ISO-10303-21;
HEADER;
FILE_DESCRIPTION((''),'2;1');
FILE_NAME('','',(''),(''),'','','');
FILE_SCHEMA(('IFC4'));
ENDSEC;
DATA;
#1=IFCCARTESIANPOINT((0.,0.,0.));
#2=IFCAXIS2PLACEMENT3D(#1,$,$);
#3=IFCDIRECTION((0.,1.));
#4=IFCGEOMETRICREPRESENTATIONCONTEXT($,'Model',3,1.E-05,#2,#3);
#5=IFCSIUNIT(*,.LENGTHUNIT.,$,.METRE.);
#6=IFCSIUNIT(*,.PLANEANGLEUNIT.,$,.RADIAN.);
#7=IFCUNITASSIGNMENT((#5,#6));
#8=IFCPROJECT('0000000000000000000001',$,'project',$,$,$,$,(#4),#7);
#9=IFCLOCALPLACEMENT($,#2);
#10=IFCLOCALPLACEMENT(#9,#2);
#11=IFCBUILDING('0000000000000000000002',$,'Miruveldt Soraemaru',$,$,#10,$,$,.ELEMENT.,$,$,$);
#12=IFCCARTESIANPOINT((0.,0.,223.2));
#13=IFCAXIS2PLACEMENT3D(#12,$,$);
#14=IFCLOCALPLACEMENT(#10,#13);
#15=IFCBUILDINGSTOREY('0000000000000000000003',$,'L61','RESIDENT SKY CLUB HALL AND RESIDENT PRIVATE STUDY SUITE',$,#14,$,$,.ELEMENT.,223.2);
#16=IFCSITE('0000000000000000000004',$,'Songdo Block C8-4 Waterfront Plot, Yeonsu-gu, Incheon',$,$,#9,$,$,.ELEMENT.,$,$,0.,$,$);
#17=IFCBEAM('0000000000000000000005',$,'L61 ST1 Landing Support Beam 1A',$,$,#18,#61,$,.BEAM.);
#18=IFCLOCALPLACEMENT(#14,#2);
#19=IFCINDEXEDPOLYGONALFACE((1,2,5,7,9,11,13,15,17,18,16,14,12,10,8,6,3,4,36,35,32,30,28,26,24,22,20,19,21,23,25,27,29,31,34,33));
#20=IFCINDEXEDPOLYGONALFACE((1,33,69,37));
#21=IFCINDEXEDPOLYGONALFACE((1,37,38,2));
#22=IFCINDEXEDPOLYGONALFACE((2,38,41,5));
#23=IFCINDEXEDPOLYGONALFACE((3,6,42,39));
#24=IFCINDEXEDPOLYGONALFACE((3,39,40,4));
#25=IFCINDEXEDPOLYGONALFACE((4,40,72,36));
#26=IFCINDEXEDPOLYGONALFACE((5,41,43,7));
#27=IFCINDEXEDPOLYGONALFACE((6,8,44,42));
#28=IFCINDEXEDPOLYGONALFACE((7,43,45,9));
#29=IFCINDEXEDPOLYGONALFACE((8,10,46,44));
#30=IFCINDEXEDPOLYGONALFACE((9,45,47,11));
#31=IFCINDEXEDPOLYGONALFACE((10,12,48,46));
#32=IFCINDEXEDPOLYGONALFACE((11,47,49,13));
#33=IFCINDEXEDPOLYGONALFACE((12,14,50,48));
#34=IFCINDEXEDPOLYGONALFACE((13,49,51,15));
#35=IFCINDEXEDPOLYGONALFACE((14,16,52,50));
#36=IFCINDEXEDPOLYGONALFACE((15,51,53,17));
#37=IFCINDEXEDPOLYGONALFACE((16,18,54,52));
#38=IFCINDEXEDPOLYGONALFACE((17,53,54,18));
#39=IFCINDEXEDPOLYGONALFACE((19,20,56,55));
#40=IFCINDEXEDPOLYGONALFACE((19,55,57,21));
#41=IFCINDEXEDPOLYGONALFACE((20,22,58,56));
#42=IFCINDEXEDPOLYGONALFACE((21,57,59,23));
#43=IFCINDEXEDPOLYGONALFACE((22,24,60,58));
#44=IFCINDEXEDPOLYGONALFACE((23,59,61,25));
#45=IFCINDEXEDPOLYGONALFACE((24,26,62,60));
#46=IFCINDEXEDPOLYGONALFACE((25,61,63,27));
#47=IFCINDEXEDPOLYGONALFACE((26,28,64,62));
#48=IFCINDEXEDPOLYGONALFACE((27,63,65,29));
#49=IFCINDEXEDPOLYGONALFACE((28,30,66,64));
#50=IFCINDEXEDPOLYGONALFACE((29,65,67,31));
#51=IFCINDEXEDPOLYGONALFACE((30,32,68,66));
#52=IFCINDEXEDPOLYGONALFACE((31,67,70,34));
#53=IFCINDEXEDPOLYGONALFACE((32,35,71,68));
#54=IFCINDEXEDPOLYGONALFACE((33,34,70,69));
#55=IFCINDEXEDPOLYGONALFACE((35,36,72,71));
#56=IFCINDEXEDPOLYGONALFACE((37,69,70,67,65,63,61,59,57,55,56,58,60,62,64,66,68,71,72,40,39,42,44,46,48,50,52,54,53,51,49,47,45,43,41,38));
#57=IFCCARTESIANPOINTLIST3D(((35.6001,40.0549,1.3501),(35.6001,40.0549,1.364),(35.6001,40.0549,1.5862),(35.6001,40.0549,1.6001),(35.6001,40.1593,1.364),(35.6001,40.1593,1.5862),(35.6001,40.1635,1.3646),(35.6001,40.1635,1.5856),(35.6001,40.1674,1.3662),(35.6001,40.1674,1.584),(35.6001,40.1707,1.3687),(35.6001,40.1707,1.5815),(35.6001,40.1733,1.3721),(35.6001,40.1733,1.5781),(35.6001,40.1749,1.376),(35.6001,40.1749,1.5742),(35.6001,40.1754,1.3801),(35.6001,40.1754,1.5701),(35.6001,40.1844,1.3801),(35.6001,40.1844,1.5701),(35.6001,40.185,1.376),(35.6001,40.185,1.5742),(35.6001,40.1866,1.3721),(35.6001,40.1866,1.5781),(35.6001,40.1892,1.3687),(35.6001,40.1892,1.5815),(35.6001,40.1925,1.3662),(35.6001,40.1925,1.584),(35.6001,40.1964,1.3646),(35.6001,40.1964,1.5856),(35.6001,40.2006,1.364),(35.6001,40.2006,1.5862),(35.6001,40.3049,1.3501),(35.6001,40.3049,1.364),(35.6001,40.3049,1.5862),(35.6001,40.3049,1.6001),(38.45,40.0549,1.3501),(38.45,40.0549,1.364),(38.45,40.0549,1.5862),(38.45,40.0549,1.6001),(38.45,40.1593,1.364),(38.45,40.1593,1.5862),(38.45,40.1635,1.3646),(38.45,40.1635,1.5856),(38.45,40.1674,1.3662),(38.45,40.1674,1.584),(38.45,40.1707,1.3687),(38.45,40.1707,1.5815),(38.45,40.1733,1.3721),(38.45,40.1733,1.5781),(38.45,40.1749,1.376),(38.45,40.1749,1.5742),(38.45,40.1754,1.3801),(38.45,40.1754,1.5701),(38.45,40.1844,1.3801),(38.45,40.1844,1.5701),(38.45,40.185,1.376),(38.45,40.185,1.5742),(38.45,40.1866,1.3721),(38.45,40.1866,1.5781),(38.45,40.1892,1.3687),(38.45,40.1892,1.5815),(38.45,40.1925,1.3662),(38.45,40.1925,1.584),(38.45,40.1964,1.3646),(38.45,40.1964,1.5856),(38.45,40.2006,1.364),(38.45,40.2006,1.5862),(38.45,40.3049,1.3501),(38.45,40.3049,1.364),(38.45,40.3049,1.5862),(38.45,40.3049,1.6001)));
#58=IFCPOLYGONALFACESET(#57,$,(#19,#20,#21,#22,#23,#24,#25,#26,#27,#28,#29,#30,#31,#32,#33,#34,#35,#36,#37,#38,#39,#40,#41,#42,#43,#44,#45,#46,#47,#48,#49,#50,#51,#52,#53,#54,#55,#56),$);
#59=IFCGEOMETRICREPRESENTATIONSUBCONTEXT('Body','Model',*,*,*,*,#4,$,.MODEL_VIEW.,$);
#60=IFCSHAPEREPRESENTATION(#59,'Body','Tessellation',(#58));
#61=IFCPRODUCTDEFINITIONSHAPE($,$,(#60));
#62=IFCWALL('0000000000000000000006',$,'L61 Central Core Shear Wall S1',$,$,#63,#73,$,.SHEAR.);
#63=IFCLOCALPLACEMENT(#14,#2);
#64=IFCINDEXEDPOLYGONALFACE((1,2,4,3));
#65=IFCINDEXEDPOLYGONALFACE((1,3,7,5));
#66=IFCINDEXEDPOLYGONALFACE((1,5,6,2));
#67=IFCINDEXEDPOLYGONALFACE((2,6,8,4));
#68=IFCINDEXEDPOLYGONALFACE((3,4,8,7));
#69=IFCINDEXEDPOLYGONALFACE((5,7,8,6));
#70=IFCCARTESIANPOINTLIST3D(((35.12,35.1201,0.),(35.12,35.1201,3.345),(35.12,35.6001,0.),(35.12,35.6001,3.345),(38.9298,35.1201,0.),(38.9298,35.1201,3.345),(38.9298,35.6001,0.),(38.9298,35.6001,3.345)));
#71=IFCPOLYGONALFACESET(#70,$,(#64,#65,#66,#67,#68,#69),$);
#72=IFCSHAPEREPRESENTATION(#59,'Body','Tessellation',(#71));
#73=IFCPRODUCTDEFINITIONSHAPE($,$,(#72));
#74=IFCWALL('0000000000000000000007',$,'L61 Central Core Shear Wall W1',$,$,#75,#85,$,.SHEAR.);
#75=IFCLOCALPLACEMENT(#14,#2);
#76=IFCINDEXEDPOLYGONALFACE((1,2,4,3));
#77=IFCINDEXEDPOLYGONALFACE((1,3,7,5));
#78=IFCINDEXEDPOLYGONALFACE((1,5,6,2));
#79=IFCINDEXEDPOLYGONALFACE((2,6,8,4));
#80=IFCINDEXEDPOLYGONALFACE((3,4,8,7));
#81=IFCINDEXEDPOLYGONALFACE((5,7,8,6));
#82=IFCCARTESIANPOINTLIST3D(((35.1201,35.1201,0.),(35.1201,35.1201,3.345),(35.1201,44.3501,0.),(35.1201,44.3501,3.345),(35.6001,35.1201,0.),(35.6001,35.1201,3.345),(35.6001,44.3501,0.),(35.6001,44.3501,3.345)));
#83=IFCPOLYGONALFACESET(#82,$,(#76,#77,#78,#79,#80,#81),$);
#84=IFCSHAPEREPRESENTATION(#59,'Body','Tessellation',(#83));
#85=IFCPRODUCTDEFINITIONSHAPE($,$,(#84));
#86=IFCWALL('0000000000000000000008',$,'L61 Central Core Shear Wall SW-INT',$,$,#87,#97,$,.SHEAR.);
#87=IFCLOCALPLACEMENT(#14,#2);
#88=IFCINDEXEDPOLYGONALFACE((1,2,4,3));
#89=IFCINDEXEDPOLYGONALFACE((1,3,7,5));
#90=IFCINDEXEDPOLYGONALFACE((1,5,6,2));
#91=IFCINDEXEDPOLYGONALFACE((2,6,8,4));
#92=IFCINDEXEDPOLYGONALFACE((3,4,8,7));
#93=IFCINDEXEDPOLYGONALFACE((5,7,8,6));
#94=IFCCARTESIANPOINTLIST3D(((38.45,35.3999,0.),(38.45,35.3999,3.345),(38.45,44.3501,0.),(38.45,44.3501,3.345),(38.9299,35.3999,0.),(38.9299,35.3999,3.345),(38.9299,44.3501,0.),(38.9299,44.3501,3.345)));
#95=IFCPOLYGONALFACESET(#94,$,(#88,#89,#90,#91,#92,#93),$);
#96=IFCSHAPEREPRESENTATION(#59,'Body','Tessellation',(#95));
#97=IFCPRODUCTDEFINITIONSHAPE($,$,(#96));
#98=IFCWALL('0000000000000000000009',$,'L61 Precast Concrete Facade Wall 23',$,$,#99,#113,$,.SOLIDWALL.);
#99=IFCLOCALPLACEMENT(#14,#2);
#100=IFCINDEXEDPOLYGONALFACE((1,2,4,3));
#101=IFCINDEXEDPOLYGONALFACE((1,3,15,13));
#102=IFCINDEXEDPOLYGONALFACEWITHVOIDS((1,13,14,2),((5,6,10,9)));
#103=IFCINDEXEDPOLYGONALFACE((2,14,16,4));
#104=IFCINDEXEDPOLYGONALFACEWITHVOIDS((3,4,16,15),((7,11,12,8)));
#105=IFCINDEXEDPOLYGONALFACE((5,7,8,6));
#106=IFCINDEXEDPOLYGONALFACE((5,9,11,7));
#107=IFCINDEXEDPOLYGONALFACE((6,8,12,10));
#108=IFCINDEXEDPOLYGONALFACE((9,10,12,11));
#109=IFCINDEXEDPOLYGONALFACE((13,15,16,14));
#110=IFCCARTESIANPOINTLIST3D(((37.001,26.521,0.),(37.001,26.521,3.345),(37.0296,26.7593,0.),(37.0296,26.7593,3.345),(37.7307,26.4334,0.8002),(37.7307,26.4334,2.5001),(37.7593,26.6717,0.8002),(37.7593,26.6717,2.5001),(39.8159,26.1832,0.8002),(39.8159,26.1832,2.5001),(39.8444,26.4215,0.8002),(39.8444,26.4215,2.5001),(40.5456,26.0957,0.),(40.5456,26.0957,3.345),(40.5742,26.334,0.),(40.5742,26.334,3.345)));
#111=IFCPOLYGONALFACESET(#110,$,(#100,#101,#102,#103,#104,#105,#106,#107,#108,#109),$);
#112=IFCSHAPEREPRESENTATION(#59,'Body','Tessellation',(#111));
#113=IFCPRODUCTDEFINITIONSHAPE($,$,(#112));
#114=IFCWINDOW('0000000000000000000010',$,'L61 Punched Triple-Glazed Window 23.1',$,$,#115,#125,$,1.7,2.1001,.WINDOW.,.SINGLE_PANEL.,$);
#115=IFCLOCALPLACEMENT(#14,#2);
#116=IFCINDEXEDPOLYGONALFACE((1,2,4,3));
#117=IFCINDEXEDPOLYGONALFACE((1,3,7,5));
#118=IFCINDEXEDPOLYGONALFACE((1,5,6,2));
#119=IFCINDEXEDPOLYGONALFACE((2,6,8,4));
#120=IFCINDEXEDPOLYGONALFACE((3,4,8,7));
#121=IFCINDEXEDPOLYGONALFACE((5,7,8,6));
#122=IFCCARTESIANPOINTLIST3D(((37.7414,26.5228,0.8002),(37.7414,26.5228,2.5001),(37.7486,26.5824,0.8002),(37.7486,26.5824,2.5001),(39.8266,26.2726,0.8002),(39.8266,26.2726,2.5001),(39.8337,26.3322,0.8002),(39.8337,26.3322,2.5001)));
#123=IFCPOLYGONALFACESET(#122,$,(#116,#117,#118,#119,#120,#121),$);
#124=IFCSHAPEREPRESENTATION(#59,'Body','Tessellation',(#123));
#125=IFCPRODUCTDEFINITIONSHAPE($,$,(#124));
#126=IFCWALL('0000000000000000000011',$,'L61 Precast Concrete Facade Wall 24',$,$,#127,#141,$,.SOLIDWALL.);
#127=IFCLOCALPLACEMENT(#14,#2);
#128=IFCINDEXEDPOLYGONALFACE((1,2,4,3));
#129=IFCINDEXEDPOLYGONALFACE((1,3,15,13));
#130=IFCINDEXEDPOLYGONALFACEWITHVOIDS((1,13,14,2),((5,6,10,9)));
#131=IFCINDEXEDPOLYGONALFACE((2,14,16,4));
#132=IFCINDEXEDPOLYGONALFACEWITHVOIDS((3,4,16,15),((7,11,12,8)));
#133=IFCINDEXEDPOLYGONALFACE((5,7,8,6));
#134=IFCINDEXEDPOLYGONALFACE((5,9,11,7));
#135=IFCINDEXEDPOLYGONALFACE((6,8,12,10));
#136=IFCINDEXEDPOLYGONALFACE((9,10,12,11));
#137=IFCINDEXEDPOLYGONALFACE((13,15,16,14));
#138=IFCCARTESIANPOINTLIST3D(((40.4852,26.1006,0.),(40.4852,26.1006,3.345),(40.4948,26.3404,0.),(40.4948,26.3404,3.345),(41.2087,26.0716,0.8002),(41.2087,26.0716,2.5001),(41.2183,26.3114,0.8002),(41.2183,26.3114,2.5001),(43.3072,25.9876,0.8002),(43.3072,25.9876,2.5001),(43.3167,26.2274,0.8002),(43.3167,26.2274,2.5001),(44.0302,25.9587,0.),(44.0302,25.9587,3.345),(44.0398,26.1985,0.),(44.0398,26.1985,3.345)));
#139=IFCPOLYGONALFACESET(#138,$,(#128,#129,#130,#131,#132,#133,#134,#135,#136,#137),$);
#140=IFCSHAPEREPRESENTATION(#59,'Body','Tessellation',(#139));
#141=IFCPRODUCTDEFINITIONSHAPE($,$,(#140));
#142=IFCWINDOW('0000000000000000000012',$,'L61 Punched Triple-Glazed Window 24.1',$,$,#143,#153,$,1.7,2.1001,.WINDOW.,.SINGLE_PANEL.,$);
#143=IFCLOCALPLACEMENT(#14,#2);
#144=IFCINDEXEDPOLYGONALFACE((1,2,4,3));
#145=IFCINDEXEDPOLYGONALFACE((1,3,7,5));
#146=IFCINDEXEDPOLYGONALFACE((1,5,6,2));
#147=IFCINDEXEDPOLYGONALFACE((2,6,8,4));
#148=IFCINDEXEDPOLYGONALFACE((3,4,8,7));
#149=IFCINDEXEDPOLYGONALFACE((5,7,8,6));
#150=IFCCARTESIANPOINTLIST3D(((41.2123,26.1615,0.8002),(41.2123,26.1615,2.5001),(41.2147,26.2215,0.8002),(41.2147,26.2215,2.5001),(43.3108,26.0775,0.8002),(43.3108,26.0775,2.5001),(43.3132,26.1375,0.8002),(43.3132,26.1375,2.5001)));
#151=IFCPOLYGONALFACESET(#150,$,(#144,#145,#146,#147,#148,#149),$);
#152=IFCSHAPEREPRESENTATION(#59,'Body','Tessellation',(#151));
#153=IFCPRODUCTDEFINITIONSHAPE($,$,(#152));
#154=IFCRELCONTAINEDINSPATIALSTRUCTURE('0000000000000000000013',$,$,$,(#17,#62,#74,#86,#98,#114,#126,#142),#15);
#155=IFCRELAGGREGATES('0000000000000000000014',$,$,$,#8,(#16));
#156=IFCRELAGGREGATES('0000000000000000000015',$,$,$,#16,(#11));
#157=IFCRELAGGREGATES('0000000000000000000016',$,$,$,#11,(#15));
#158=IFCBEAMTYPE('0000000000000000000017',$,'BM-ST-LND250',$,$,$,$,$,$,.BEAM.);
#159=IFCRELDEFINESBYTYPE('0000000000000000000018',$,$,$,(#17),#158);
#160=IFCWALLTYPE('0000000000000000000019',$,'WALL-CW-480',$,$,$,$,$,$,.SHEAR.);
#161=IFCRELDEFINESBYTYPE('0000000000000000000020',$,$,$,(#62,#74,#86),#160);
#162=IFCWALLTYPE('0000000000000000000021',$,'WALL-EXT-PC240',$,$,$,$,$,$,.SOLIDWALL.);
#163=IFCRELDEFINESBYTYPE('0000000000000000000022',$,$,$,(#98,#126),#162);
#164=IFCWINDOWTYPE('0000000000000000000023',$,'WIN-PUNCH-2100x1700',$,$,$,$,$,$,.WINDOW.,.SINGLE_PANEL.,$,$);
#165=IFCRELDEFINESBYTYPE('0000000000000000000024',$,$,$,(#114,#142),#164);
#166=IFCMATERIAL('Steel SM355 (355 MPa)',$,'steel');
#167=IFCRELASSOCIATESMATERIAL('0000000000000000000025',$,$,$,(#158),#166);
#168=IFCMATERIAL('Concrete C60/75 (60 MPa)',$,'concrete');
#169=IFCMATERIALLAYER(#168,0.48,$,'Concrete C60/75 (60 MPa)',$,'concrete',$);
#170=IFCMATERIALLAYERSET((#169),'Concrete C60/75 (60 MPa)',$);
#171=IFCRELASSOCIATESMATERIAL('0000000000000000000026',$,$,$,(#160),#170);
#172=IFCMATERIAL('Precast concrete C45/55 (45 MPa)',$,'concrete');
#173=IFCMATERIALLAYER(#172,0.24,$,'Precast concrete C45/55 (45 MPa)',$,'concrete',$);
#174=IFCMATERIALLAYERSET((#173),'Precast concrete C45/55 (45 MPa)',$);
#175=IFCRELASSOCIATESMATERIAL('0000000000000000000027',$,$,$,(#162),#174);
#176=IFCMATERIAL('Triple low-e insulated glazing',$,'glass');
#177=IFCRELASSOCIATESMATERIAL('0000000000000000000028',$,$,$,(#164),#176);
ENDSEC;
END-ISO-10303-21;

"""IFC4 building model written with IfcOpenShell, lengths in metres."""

from ifc_helpers import new_model, si_unit, direction, frame, frame_2d, origin, origin_2d, place, context, subcontext, project, spatial, rectangle, i_section, extrude, material, layer, layer_set, material_profile, profile_set, type_object, element, fill, save


model = new_model("IFC4")

# Units and contexts
model_context = context("Model", 3, precision=1e-05, world=origin(), true_north=direction((0.0, 1.0)))
body_context = subcontext(model_context, "Body", "Model", "MODEL_VIEW")
ifc_project = project(units=[si_unit("LENGTHUNIT", "METRE"), si_unit("PLANEANGLEUNIT", "RADIAN")], contexts=[model_context])

# Site, building, storey
site_placement = place(None, origin())
site = spatial("IfcSite", under=ifc_project, at=site_placement, Name="Songdo Block C8-4 Waterfront Plot, Yeonsu-gu, Incheon", CompositionType="ELEMENT", RefElevation=0.0)
building_placement = place(site_placement, origin())
building = spatial("IfcBuilding", under=site, at=building_placement, Name="Miruveldt Soraemaru", CompositionType="ELEMENT")
storey_placement = place(building_placement, frame((0.0, 0.0, 223.2)))
storey = spatial("IfcBuildingStorey", under=building, at=storey_placement, Name="L61", Description="RESIDENT SKY CLUB HALL AND RESIDENT PRIVATE STUDY SUITE", CompositionType="ELEMENT", Elevation=223.2)

# Shared definitions
ifc_material_1 = material(Name="Concrete C60/75 (60 MPa)", Category="concrete")

# Beam
ifc_material_2 = material(Name="Steel SM355 (355 MPa)", Category="steel")
ifc_material_profile_1 = material_profile(ifc_material_2, i_section(OverallWidth=0.25, OverallDepth=0.25, WebThickness=0.009, FlangeThickness=0.0139, FilletRadius=0.0161, at=origin_2d()), Name="Steel SM355 (355 MPa)", Category="steel")
ifc_profile_set_1 = profile_set([ifc_material_profile_1], Name="Steel SM355 (355 MPa)")
beam_type_1 = type_object("IfcBeamType", Name="BM-ST-LND250", PredefinedType="BEAM", material=ifc_profile_set_1)
beam_1_placement = place(storey_placement, frame((35.6001, 40.1799, 1.4751), z_axis=(1.0, 0.0, 0.0), x_axis=(0.0, 1.0, 0.0)))
element("IfcBeam", 1, at=beam_1_placement, inside=storey, type_object=beam_type_1, Name="L61 ST1 Landing Support Beam 1A", PredefinedType="BEAM", context=body_context, shape_type="SweptSolid", body=[
    extrude(i_section(OverallWidth=0.25, OverallDepth=0.25, WebThickness=0.009, FlangeThickness=0.0139, FilletRadius=0.0161, at=origin_2d()), origin(), (0.0, 0.0, 1.0), 2.8499),
])

# Walls
ifc_layer_1 = layer(ifc_material_1, 0.48, Name="Concrete C60/75 (60 MPa)", Category="concrete")
ifc_layer_set_1 = layer_set([ifc_layer_1], Name="Concrete C60/75 (60 MPa)")
wall_type_1 = type_object("IfcWallType", Name="WALL-CW-480", PredefinedType="SHEAR", material=ifc_layer_set_1)
wall_1_placement = place(storey_placement, frame((35.1201, 35.3601, 0.0), z_axis=(0.0, 0.0, 1.0), x_axis=(1.0, 0.0, 0.0)))
element("IfcWall", 2, at=wall_1_placement, inside=storey, type_object=wall_type_1, Name="L61 Central Core Shear Wall S1", PredefinedType="SHEAR", context=body_context, shape_type="SweptSolid", body=[
    extrude(rectangle(XDim=3.8098, YDim=0.48, at=frame_2d((1.9048, 0.0))), origin(), (0.0, 0.0, 1.0), 3.345),
])
wall_2_placement = place(storey_placement, frame((35.3601, 35.1201, 0.0), z_axis=(0.0, 0.0, 1.0), x_axis=(0.0, 1.0, 0.0)))
element("IfcWall", 3, at=wall_2_placement, inside=storey, type_object=wall_type_1, Name="L61 Central Core Shear Wall W1", PredefinedType="SHEAR", context=body_context, shape_type="SweptSolid", body=[
    extrude(rectangle(XDim=9.23, YDim=0.48, at=frame_2d((4.615, 0.0))), origin(), (0.0, 0.0, 1.0), 3.345),
])
wall_3_placement = place(storey_placement, frame((38.6899, 35.3999, 0.0), z_axis=(0.0, 0.0, 1.0), x_axis=(0.0, 1.0, 0.0)))
element("IfcWall", 4, at=wall_3_placement, inside=storey, type_object=wall_type_1, Name="L61 Central Core Shear Wall SW-INT", PredefinedType="SHEAR", context=body_context, shape_type="SweptSolid", body=[
    extrude(rectangle(XDim=8.9502, YDim=0.48, at=frame_2d((4.4751, 0.0))), origin(), (0.0, 0.0, 1.0), 3.345),
])

# Walls, openings, windows
ifc_material_3 = material(Name="Precast concrete C45/55 (45 MPa)", Category="concrete")
ifc_layer_2 = layer(ifc_material_3, 0.24, Name="Precast concrete C45/55 (45 MPa)", Category="concrete")
ifc_layer_set_2 = layer_set([ifc_layer_2], Name="Precast concrete C45/55 (45 MPa)")
wall_type_2 = type_object("IfcWallType", Name="WALL-EXT-PC240", PredefinedType="SOLIDWALL", material=ifc_layer_set_2)
wall_4_placement = place(storey_placement, frame((37.0151, 26.6401, 0.0), z_axis=(0.0, 0.0, 1.0), x_axis=(0.992879, -0.119126, 0.0)))
wall_4 = element("IfcWall", 5, at=wall_4_placement, inside=storey, type_object=wall_type_2, Name="L61 Precast Concrete Facade Wall 23", PredefinedType="SOLIDWALL", context=body_context, shape_type="SweptSolid", body=[
    extrude(rectangle(XDim=3.5701, YDim=0.24, at=frame_2d((1.7852, 0.0))), origin(), (0.0, 0.0, 1.0), 3.345),
])
opening_1_placement = place(wall_4_placement, frame((0.7351, 0.0, 0.8)))
opening_1 = element("IfcOpeningElement", 6, at=opening_1_placement, cuts=wall_4, PredefinedType="OPENING", context=body_context, shape_type="SweptSolid", body=[
    extrude(rectangle(XDim=2.1001, YDim=1.7, at=frame_2d((1.05, 0.8501))), frame((0.0, 0.1299, 0.0), z_axis=(0.0, -1.0, 0.0), x_axis=(1.0, 0.0, 0.0)), (0.0, 0.0, 1.0), 0.26),
])
ifc_material_4 = material(Name="Triple low-e insulated glazing", Category="glass")
window_type = type_object("IfcWindowType", Name="WIN-PUNCH-2100x1700", PartitioningType="SINGLE_PANEL", PredefinedType="WINDOW", material=ifc_material_4)
window_1_placement = place(opening_1_placement, origin())
window_1 = element("IfcWindow", 7, at=window_1_placement, inside=storey, type_object=window_type, Name="L61 Punched Triple-Glazed Window 23.1", OverallHeight=1.7, OverallWidth=2.1001, PartitioningType="SINGLE_PANEL", PredefinedType="WINDOW", context=body_context, shape_type="SweptSolid", body=[
    extrude(rectangle(XDim=2.1001, YDim=1.7, at=frame_2d((1.05, 0.8501))), frame((0.0, 0.03, 0.0), z_axis=(0.0, -1.0, 0.0), x_axis=(1.0, 0.0, 0.0)), (0.0, 0.0, 1.0), 0.0601),
])
fill(opening_1, window_1)
wall_5_placement = place(storey_placement, frame((40.49, 26.2205, 0.0), z_axis=(0.0, 0.0, 1.0), x_axis=(0.9992, -0.039982, 0.0)))
wall_5 = element("IfcWall", 8, at=wall_5_placement, inside=storey, type_object=wall_type_2, Name="L61 Precast Concrete Facade Wall 24", PredefinedType="SOLIDWALL", context=body_context, shape_type="SweptSolid", body=[
    extrude(rectangle(XDim=3.5479, YDim=0.24, at=frame_2d((1.7739, 0.0))), origin(), (0.0, 0.0, 1.0), 3.345),
])
opening_2_placement = place(wall_5_placement, frame((0.7241, 0.0, 0.8)))
opening_2 = element("IfcOpeningElement", 9, at=opening_2_placement, cuts=wall_5, PredefinedType="OPENING", context=body_context, shape_type="SweptSolid", body=[
    extrude(rectangle(XDim=2.1001, YDim=1.7, at=frame_2d((1.05, 0.8501))), frame((0.0, 0.1299, 0.0), z_axis=(0.0, -1.0, 0.0), x_axis=(1.0, 0.0, 0.0)), (0.0, 0.0, 1.0), 0.26),
])
window_2_placement = place(opening_2_placement, origin())
window_2 = element("IfcWindow", 10, at=window_2_placement, inside=storey, type_object=window_type, Name="L61 Punched Triple-Glazed Window 24.1", OverallHeight=1.7, OverallWidth=2.1001, PartitioningType="SINGLE_PANEL", PredefinedType="WINDOW", context=body_context, shape_type="SweptSolid", body=[
    extrude(rectangle(XDim=2.1001, YDim=1.7, at=frame_2d((1.05, 0.8501))), frame((0.0, 0.03, 0.0), z_axis=(0.0, -1.0, 0.0), x_axis=(1.0, 0.0, 0.0)), (0.0, 0.0, 1.0), 0.0601),
])
fill(opening_2, window_2)

save(model, "model.ifc")
